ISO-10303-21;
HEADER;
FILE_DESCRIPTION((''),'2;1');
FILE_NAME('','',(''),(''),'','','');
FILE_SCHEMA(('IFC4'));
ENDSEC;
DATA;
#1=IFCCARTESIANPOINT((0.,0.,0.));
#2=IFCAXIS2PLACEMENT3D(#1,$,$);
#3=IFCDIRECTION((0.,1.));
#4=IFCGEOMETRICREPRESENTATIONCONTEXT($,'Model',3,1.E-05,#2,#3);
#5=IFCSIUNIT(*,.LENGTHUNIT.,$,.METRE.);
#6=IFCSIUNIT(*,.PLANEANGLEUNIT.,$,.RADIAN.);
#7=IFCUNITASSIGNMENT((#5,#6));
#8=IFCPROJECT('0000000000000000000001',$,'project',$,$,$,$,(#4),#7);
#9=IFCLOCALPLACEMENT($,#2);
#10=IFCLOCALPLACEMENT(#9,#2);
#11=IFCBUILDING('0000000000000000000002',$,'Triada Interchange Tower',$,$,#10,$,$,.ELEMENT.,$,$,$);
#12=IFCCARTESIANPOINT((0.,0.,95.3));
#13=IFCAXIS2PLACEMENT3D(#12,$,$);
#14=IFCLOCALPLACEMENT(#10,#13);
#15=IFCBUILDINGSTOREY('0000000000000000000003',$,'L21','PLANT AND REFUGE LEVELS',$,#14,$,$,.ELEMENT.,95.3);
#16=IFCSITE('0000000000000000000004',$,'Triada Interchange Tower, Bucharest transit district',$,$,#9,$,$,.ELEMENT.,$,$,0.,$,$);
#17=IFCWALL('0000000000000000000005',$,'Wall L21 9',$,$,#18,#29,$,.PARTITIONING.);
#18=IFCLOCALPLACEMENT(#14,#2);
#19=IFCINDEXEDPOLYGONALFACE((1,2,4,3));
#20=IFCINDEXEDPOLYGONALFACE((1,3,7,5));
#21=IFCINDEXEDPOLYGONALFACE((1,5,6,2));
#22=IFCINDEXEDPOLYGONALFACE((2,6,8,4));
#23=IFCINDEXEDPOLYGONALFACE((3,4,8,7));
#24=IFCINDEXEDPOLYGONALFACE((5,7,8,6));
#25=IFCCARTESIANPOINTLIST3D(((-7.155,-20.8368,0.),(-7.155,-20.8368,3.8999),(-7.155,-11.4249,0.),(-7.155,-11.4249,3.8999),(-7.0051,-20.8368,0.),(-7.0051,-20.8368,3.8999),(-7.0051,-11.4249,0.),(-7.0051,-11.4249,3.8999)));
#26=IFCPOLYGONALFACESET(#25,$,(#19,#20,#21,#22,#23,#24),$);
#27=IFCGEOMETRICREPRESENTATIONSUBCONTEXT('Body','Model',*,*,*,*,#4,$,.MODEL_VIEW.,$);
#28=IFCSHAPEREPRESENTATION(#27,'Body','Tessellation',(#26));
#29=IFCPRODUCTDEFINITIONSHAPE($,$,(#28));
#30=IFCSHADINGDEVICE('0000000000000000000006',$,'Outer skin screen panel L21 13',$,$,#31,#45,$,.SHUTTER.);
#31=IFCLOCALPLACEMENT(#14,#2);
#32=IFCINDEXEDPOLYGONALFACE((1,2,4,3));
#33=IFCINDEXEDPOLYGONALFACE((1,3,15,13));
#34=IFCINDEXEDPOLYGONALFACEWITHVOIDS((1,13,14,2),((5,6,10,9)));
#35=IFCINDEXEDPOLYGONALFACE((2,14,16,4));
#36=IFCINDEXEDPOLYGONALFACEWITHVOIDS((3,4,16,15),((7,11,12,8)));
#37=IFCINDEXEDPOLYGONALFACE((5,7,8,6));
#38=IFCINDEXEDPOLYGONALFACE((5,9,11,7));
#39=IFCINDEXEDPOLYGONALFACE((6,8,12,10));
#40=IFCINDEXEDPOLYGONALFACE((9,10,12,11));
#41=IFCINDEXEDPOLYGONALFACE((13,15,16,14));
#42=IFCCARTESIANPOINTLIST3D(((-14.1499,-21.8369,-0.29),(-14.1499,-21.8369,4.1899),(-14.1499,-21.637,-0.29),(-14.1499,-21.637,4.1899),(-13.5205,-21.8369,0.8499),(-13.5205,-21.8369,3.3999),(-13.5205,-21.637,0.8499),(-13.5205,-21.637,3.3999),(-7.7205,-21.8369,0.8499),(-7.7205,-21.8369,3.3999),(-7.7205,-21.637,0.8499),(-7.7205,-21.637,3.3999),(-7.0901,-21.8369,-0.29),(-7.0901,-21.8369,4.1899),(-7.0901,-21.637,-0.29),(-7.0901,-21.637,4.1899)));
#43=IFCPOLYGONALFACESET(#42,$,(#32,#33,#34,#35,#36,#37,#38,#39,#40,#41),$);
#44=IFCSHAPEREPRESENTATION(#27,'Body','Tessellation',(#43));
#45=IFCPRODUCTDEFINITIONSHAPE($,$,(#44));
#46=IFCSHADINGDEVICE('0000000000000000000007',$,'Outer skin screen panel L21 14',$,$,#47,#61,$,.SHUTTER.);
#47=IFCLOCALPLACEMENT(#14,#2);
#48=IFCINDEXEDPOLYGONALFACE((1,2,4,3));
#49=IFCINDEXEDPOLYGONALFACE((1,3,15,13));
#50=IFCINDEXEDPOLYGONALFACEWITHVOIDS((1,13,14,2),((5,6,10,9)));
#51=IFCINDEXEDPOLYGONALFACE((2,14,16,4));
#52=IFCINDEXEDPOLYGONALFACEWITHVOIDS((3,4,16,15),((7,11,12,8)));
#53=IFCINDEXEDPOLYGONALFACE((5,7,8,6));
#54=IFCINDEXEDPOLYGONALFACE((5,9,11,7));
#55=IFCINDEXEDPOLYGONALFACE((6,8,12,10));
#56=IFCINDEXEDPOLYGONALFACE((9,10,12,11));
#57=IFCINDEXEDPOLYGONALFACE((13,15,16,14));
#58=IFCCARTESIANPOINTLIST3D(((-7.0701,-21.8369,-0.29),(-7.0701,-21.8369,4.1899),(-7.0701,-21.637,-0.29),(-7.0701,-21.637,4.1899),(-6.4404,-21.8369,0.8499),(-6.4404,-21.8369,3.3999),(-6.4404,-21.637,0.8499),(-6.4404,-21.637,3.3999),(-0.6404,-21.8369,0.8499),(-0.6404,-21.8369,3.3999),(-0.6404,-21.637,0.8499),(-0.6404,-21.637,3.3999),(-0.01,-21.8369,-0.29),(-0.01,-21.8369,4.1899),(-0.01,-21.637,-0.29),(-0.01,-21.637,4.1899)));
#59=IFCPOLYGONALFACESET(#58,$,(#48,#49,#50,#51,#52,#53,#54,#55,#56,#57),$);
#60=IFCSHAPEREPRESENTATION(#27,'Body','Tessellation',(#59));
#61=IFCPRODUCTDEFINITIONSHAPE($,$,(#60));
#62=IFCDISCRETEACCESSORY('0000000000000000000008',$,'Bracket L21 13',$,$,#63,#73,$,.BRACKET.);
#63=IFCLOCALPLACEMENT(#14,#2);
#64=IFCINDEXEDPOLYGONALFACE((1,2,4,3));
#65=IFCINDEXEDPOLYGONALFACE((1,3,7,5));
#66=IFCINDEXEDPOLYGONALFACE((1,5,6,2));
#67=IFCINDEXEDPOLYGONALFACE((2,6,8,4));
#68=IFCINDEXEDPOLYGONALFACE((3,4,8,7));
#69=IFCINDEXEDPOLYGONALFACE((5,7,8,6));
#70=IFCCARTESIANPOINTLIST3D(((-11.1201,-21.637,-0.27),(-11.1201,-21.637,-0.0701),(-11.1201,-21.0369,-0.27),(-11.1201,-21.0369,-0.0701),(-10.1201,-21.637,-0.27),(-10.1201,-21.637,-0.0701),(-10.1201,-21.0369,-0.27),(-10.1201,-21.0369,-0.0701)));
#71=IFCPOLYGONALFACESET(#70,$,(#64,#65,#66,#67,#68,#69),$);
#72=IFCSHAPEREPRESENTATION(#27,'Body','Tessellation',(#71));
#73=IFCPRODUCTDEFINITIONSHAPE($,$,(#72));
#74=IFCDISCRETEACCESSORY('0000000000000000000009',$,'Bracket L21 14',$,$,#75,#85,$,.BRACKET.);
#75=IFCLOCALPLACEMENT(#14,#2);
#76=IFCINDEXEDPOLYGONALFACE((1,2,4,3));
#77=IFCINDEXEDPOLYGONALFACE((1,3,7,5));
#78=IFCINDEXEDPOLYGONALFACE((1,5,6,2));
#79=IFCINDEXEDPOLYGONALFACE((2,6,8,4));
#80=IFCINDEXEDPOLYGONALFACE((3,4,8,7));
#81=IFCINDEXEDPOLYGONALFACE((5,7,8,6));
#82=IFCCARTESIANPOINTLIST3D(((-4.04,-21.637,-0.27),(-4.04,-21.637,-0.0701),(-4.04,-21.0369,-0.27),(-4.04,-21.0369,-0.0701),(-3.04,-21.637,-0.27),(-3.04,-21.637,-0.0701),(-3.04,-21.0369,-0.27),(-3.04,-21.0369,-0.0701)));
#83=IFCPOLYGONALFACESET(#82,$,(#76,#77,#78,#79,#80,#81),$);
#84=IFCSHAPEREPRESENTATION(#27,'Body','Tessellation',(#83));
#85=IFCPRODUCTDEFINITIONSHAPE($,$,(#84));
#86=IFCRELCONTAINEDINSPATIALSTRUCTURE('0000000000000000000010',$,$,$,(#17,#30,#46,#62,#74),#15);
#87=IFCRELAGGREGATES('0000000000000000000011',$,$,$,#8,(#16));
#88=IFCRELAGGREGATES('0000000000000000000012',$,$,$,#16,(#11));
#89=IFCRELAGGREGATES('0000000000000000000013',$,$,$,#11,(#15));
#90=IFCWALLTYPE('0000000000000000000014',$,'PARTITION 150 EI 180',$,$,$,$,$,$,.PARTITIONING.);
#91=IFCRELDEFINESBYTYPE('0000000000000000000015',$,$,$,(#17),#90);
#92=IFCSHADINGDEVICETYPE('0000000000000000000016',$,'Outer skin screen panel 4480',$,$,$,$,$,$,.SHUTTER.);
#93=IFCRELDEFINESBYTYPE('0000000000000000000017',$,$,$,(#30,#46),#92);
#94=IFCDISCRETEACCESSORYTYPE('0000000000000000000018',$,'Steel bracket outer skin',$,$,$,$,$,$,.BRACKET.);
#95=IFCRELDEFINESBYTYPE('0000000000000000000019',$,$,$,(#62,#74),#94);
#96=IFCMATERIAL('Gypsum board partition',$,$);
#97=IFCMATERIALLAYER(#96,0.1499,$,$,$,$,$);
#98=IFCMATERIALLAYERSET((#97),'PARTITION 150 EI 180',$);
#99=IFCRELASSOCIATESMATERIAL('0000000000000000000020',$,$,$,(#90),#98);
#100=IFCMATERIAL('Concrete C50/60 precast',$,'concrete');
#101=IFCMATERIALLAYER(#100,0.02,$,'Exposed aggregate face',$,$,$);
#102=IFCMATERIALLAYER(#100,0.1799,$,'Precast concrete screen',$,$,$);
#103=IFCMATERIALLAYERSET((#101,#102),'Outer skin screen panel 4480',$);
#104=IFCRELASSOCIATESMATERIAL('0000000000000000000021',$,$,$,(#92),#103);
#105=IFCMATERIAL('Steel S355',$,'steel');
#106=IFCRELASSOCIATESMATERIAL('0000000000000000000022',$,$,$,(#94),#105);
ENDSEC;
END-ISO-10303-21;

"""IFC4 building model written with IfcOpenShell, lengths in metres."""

from ifc_helpers import new_model, si_unit, direction, frame, frame_2d, origin, origin_2d, place, context, subcontext, project, spatial, polyline, rectangle, outline, extrude, material, layer, layer_set, type_object, element, save


model = new_model("IFC4")

# Units and contexts
model_context = context("Model", 3, precision=1e-05, world=origin(), true_north=direction((0.0, 1.0)))
body_context = subcontext(model_context, "Body", "Model", "MODEL_VIEW")
ifc_project = project(units=[si_unit("LENGTHUNIT", "METRE"), si_unit("PLANEANGLEUNIT", "RADIAN")], contexts=[model_context])

# Site, building, storey
site_placement = place(None, origin())
site = spatial("IfcSite", under=ifc_project, at=site_placement, Name="Triada Interchange Tower, Bucharest transit district", CompositionType="ELEMENT", RefElevation=0.0)
building_placement = place(site_placement, origin())
building = spatial("IfcBuilding", under=site, at=building_placement, Name="Triada Interchange Tower", CompositionType="ELEMENT")
storey_placement = place(building_placement, frame((0.0, 0.0, 95.3)))
storey = spatial("IfcBuildingStorey", under=building, at=storey_placement, Name="L21", Description="PLANT AND REFUGE LEVELS", CompositionType="ELEMENT", Elevation=95.3)

# Shared definitions
ifc_material_1 = material(Name="Steel S355", Category="steel")

# Shared definitions
ifc_material_2 = material(Name="Gypsum board partition")
ifc_layer_1 = layer(ifc_material_2, 0.1499)
ifc_layer_set_1 = layer_set([ifc_layer_1], Name="PARTITION 150 EI 180")
wall_type = type_object("IfcWallType", Name="PARTITION 150 EI 180", PredefinedType="PARTITIONING", material=ifc_layer_set_1)

# Wall
wall_1_placement = place(storey_placement, frame((-7.0801, -20.8369, 0.0), z_axis=(0.0, 0.0, 1.0), x_axis=(0.0, 1.0, 0.0)))
element("IfcWall", 1, at=wall_1_placement, inside=storey, type_object=wall_type, Name="Wall L21 9", PredefinedType="PARTITIONING", context=body_context, shape_type="SweptSolid", body=[
    extrude(rectangle(XDim=9.4119, YDim=0.1499, at=frame_2d((4.7061, 0.0))), origin(), (0.0, 0.0, 1.0), 3.8999),
])

# Shading devices
ifc_material_3 = material(Name="Concrete C50/60 precast", Category="concrete")
ifc_layer_2 = layer(ifc_material_3, 0.02, Name="Exposed aggregate face")
ifc_layer_3 = layer(ifc_material_3, 0.1799, Name="Precast concrete screen")
ifc_layer_set_2 = layer_set([ifc_layer_2, ifc_layer_3], Name="Outer skin screen panel 4480")
shading_device_type = type_object("IfcShadingDeviceType", Name="Outer skin screen panel 4480", PredefinedType="SHUTTER", material=ifc_layer_set_2)
shading_device_1_placement = place(storey_placement, frame((-14.1499, -21.637, -0.29), z_axis=(0.0, 0.0, 1.0), x_axis=(1.0, 0.0, 0.0)))
element("IfcShadingDevice", 2, at=shading_device_1_placement, inside=storey, type_object=shading_device_type, Name="Outer skin screen panel L21 13", PredefinedType="SHUTTER", context=body_context, shape_type="SweptSolid", body=[
    extrude(outline(polyline([(0.0, 0.0), (7.0598, 0.0), (7.0598, 4.48), (0.0, 4.48), (0.0, 0.0)]), holes=[polyline([(0.6294, 1.1399), (0.6294, 3.6899), (6.4294, 3.6899), (6.4294, 1.1399), (0.6294, 1.1399)])]), frame((0.0, 0.0, 0.0), z_axis=(0.0, -1.0, 0.0), x_axis=(1.0, 0.0, 0.0)), (0.0, 0.0, 1.0), 0.2),
])
shading_device_2_placement = place(storey_placement, frame((-7.0701, -21.637, -0.29), z_axis=(0.0, 0.0, 1.0), x_axis=(1.0, 0.0, 0.0)))
element("IfcShadingDevice", 3, at=shading_device_2_placement, inside=storey, type_object=shading_device_type, Name="Outer skin screen panel L21 14", PredefinedType="SHUTTER", context=body_context, shape_type="SweptSolid", body=[
    extrude(outline(polyline([(0.0, 0.0), (7.0601, 0.0), (7.0601, 4.48), (0.0, 4.48), (0.0, 0.0)]), holes=[polyline([(0.6296, 1.1399), (0.6296, 3.6899), (6.4297, 3.6899), (6.4297, 1.1399), (0.6296, 1.1399)])]), frame((0.0, 0.0, 0.0), z_axis=(0.0, -1.0, 0.0), x_axis=(1.0, 0.0, 0.0)), (0.0, 0.0, 1.0), 0.2),
])

# Discrete accessories
discrete_accessory_type = type_object("IfcDiscreteAccessoryType", Name="Steel bracket outer skin", PredefinedType="BRACKET", material=ifc_material_1)
for number, where, z_axis, x_axis, name in (
    (4, (-10.6201, -21.3369, -0.27), (0.0, 0.0, 1.0), (0.0, -1.0, 0.0), "Bracket L21 13"),
    (5, (-3.54, -21.3369, -0.27), (0.0, 0.0, 1.0), (0.0, -1.0, 0.0), "Bracket L21 14"),
):
    element("IfcDiscreteAccessory", number, at=place(storey_placement, frame(where, z_axis=z_axis, x_axis=x_axis)), inside=storey, type_object=discrete_accessory_type, Name=name, PredefinedType="BRACKET", context=body_context, shape_type="SweptSolid", body=[
        extrude(rectangle(XDim=0.6001, YDim=1.0, at=origin_2d()), origin(), (0.0, 0.0, 1.0), 0.2),
    ])

save(model, "model.ifc")
